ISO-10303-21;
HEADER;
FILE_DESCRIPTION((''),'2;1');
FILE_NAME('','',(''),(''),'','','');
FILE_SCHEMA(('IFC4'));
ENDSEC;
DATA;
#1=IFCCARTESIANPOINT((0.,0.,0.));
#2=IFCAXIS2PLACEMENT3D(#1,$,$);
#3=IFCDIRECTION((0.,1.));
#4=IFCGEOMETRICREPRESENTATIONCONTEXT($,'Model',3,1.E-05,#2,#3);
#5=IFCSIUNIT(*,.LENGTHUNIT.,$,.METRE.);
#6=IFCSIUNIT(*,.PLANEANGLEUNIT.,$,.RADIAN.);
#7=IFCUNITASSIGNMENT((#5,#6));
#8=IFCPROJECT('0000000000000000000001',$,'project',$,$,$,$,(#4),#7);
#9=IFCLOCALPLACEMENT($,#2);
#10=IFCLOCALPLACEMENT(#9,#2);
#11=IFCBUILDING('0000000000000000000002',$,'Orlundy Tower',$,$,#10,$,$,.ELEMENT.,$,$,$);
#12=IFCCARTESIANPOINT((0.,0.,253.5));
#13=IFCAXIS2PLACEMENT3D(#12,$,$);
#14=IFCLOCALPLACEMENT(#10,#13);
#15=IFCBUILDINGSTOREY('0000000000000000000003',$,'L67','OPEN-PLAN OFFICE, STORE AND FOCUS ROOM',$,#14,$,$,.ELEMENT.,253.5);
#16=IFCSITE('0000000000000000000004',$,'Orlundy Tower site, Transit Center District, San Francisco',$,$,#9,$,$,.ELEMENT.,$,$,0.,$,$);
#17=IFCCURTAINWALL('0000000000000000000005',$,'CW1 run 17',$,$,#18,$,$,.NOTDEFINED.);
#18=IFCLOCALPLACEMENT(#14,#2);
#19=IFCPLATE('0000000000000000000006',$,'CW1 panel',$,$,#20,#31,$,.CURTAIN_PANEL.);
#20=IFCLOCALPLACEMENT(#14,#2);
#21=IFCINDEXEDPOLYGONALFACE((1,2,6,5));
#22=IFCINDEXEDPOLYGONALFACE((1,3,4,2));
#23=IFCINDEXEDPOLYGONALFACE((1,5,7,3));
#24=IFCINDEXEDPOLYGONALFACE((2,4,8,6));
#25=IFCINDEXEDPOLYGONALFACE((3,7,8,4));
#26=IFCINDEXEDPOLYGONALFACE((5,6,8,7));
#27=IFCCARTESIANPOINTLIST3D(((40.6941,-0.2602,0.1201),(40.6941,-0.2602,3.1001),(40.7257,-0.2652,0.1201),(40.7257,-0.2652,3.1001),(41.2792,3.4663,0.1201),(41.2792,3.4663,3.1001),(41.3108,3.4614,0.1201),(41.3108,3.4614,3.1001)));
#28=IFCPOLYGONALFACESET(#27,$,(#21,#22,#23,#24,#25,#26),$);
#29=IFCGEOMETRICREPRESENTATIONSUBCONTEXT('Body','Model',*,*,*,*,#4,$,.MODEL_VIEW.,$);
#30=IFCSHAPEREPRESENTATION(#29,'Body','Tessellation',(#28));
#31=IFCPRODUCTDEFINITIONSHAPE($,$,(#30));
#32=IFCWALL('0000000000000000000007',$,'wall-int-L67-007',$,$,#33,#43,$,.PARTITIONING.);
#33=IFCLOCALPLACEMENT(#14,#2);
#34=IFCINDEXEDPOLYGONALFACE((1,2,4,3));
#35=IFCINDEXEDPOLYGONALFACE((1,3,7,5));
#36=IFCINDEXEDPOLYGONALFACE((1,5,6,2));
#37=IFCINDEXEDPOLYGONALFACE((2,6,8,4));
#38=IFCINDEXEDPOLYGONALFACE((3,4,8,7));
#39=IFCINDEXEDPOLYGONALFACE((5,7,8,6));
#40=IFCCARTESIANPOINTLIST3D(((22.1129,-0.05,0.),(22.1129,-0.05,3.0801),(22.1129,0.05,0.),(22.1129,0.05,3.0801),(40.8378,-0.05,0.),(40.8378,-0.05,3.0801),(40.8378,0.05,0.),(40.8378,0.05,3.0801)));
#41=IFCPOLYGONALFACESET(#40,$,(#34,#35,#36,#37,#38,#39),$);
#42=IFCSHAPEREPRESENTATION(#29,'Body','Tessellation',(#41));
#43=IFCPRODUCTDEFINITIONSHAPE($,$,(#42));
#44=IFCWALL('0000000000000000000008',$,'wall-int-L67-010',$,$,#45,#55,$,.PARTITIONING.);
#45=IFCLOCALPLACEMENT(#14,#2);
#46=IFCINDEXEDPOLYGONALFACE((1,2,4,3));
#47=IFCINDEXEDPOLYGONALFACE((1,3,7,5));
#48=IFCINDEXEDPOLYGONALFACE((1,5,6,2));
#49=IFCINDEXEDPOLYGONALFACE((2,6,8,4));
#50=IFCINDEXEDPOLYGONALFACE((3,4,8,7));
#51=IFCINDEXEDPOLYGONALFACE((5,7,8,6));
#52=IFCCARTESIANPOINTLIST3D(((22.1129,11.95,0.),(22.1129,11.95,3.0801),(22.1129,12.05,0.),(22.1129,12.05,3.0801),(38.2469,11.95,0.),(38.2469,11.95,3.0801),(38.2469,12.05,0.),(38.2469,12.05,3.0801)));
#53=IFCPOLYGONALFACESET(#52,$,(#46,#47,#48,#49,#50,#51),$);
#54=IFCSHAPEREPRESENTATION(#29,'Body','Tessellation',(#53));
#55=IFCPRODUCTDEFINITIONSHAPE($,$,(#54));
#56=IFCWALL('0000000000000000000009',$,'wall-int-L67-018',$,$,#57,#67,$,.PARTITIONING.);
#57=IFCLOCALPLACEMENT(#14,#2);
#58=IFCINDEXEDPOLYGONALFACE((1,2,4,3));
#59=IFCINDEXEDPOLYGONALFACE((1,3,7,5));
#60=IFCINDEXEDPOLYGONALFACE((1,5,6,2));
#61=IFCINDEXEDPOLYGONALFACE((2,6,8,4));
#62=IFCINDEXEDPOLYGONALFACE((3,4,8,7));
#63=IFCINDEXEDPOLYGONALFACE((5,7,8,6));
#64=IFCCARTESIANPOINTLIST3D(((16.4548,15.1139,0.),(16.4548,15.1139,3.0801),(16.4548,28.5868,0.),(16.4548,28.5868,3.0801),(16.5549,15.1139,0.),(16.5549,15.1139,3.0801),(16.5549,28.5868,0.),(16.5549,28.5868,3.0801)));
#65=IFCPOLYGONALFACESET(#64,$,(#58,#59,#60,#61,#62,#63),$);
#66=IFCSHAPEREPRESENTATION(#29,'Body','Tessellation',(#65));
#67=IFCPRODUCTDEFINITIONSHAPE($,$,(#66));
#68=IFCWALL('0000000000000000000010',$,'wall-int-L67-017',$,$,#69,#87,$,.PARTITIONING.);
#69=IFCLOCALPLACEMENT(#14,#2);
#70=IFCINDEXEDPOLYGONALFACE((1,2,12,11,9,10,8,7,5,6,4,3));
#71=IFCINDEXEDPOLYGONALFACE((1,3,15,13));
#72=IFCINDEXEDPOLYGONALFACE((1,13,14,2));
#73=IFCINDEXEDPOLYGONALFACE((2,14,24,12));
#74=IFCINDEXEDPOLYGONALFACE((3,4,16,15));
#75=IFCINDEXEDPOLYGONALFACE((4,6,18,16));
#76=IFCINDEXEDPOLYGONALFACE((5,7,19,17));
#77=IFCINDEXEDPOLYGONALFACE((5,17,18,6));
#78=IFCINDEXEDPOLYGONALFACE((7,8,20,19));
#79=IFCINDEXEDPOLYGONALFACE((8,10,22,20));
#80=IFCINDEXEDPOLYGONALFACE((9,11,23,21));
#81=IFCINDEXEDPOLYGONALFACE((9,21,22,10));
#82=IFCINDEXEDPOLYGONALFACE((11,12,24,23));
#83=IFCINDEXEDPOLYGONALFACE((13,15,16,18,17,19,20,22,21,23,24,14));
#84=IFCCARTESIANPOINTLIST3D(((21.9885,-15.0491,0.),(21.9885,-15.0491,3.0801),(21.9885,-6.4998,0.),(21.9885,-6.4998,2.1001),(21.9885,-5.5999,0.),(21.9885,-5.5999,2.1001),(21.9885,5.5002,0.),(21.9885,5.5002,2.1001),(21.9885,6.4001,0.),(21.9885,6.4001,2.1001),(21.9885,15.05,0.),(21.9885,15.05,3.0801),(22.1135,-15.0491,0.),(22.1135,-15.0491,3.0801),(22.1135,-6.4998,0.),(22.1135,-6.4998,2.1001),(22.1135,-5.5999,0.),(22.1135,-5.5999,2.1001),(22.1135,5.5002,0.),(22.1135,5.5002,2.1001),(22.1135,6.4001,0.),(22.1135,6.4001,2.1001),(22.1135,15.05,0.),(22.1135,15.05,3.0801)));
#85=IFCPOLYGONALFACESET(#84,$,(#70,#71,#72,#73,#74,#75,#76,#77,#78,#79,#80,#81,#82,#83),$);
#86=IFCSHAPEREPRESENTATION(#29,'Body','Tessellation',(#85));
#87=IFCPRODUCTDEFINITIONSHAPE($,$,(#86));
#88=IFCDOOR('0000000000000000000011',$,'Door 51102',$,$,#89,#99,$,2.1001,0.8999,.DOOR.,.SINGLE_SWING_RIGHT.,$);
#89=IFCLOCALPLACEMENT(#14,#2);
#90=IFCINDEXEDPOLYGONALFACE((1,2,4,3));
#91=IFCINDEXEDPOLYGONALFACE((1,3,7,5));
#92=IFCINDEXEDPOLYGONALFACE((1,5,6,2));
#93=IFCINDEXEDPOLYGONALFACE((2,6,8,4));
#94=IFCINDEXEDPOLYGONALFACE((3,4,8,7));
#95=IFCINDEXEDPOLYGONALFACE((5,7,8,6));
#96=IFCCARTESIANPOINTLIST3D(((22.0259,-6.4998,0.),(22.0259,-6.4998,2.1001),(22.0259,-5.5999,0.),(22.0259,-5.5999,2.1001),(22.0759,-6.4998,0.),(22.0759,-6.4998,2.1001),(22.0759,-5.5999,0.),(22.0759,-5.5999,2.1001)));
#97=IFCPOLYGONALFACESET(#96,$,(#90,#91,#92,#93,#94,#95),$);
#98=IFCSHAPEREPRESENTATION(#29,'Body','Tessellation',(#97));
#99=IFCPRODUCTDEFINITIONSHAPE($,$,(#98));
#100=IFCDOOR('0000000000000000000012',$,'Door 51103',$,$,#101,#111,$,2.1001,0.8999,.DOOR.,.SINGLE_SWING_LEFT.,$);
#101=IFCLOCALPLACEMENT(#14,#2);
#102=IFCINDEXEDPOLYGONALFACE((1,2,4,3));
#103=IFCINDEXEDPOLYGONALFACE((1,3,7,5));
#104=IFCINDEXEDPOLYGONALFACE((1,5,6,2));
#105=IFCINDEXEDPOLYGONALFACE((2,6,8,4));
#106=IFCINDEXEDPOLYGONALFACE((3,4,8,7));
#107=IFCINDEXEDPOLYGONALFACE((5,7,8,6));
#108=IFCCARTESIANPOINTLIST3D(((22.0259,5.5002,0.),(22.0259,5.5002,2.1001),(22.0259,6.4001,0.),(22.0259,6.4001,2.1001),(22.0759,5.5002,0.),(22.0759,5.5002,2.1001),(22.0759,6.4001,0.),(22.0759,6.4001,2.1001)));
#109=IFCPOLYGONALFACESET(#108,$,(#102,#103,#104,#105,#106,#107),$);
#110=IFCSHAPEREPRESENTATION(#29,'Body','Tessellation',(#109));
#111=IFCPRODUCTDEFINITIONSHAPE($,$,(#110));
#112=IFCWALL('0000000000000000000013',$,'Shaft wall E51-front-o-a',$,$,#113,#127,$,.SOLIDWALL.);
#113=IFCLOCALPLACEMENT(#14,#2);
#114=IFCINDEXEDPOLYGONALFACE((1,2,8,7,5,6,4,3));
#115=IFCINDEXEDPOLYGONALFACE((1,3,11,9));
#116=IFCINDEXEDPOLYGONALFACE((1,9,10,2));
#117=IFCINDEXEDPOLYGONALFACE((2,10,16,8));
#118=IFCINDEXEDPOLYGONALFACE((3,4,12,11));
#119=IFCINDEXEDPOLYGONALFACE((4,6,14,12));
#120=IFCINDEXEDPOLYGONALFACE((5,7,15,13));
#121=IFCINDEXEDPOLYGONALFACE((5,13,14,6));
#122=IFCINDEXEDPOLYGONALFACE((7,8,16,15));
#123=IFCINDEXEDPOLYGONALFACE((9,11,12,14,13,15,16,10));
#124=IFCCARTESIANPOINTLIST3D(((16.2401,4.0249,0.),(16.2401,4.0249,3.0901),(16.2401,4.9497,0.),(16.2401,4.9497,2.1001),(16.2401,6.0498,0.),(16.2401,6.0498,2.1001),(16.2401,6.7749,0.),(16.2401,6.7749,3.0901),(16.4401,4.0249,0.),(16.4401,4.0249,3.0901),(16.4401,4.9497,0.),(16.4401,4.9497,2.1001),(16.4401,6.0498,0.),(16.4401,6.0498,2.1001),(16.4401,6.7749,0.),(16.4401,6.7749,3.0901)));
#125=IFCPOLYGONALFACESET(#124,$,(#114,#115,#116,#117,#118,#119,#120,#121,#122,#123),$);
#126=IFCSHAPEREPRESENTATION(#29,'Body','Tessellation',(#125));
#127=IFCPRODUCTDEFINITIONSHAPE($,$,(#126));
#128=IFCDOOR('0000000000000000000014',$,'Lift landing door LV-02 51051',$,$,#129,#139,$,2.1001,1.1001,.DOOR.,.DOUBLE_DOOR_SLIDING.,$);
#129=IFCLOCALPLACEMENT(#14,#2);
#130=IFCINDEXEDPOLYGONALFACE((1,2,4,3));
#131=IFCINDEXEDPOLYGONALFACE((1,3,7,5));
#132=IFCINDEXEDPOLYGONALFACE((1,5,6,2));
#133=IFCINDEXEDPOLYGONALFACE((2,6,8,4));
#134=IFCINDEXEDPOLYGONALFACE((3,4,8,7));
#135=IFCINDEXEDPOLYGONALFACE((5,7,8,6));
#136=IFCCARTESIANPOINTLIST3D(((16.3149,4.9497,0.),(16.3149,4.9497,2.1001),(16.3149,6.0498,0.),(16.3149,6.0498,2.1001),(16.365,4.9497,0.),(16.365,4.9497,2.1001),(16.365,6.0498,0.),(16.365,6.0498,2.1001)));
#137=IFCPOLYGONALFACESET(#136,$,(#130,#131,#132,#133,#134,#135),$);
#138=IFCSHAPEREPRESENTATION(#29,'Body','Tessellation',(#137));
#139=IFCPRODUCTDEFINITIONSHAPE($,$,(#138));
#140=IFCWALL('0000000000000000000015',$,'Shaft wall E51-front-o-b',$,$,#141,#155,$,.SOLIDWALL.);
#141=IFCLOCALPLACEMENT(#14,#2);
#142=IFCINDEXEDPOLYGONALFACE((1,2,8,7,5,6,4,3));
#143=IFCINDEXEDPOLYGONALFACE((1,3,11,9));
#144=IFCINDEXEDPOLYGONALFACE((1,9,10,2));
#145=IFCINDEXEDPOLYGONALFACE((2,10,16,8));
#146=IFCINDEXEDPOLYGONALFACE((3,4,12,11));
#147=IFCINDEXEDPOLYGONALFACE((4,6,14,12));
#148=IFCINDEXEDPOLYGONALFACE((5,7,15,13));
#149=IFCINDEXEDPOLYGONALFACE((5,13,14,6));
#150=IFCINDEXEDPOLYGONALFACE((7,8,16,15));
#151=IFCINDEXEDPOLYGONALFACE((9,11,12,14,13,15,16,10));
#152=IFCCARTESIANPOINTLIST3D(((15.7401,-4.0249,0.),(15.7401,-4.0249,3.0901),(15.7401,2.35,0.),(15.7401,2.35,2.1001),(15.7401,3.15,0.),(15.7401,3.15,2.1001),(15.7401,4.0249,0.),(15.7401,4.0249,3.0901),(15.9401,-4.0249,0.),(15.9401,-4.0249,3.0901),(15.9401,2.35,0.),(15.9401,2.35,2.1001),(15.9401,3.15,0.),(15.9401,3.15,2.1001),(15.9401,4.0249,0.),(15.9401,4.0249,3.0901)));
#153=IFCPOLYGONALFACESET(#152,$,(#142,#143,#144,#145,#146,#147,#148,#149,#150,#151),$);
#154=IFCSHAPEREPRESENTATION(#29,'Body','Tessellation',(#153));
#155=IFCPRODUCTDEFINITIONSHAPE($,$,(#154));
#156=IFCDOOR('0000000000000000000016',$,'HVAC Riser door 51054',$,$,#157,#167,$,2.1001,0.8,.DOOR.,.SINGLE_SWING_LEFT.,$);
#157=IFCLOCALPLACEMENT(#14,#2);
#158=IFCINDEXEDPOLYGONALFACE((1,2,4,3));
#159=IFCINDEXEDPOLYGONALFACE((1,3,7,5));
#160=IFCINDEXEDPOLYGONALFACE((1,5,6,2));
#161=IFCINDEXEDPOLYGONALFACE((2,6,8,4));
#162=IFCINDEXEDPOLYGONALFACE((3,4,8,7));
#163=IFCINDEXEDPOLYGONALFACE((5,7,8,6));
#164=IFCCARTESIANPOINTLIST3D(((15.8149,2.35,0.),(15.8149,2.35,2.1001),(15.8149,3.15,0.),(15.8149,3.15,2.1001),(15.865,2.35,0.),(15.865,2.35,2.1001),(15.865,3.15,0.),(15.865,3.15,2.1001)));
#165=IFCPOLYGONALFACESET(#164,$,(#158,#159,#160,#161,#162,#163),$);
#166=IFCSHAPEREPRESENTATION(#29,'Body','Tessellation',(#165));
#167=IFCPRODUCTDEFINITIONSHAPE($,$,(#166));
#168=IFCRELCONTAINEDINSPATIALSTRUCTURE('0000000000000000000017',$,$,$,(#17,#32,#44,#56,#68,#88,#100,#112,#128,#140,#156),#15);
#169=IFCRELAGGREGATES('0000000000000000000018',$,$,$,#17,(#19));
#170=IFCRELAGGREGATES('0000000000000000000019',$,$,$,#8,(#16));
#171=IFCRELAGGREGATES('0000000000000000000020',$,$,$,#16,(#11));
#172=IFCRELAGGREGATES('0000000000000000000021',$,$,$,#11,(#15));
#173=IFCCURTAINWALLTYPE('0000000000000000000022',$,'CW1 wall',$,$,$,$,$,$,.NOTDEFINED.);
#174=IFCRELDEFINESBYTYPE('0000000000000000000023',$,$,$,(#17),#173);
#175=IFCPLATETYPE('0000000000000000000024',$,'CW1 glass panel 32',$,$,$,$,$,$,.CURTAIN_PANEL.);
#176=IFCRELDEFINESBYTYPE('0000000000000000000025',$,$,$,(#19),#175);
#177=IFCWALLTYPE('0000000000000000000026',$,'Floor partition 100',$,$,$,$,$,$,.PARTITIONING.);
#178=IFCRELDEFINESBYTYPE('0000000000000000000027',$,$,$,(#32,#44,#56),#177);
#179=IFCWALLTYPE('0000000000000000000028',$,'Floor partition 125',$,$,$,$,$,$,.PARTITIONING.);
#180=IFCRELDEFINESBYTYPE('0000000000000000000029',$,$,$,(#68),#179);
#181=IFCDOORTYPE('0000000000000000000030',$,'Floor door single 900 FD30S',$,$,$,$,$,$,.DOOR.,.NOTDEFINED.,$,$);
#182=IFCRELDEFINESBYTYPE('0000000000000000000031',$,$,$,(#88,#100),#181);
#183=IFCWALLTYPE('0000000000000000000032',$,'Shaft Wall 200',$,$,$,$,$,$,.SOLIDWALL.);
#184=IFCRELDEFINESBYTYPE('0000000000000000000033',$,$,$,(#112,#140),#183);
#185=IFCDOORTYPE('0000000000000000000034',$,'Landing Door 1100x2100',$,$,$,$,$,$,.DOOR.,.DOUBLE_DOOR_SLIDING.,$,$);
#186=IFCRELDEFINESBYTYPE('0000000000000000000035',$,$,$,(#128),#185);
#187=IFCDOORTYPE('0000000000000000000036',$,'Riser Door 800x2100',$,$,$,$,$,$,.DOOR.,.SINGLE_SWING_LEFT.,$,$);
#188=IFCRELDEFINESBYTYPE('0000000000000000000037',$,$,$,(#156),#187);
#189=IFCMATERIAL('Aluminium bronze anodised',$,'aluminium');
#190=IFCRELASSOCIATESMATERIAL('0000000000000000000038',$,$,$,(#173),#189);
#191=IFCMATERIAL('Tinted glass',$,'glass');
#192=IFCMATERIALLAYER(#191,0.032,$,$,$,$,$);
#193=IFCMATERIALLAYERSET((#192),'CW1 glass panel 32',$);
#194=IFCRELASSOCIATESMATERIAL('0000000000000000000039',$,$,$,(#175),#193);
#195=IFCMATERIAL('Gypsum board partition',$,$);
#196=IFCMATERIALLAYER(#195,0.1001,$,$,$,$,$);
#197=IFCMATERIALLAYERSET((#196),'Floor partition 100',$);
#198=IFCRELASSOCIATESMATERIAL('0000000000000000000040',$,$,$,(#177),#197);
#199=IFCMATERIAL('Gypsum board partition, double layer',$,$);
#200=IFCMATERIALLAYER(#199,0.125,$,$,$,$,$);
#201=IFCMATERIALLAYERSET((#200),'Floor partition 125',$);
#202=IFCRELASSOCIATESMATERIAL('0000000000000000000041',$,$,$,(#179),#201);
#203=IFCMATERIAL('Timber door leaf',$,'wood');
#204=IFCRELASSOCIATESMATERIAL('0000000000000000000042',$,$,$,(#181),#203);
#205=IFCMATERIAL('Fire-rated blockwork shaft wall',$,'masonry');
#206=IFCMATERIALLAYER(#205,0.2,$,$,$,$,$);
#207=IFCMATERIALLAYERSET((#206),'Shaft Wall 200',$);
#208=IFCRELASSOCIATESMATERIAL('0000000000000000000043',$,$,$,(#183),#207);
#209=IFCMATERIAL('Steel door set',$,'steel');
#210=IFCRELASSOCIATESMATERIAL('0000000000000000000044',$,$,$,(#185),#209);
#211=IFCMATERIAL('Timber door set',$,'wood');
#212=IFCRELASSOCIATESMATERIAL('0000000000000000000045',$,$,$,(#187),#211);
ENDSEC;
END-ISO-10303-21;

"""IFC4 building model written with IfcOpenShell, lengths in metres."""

from ifc_helpers import new_model, si_unit, direction, frame, frame_2d, origin, origin_2d, place, context, subcontext, project, spatial, rectangle, extrude, material, layer, layer_set, type_object, element, fill, aggregate, save


model = new_model("IFC4")

# Units and contexts
model_context = context("Model", 3, precision=1e-05, world=origin(), true_north=direction((0.0, 1.0)))
body_context = subcontext(model_context, "Body", "Model", "MODEL_VIEW")
ifc_project = project(units=[si_unit("LENGTHUNIT", "METRE"), si_unit("PLANEANGLEUNIT", "RADIAN")], contexts=[model_context])

# Site, building, storey
site_placement = place(None, origin())
site = spatial("IfcSite", under=ifc_project, at=site_placement, Name="Orlundy Tower site, Transit Center District, San Francisco", CompositionType="ELEMENT", RefElevation=0.0)
building_placement = place(site_placement, origin())
building = spatial("IfcBuilding", under=site, at=building_placement, Name="Orlundy Tower", CompositionType="ELEMENT")
storey_placement = place(building_placement, frame((0.0, 0.0, 253.5)))
storey = spatial("IfcBuildingStorey", under=building, at=storey_placement, Name="L67", Description="OPEN-PLAN OFFICE, STORE AND FOCUS ROOM", CompositionType="ELEMENT", Elevation=253.5)

# Curtain wall
ifc_material_1 = material(Name="Aluminium bronze anodised", Category="aluminium")
curtain_wall_type = type_object("IfcCurtainWallType", Name="CW1 wall", PredefinedType="NOTDEFINED", material=ifc_material_1)
curtain_wall_1_placement = place(storey_placement, origin())
curtain_wall_1 = element("IfcCurtainWall", 1, at=curtain_wall_1_placement, inside=storey, type_object=curtain_wall_type, Name="CW1 run 17", PredefinedType="NOTDEFINED")

# Plate
ifc_material_2 = material(Name="Tinted glass", Category="glass")
ifc_layer_1 = layer(ifc_material_2, 0.032)
ifc_layer_set_1 = layer_set([ifc_layer_1], Name="CW1 glass panel 32")
plate_type = type_object("IfcPlateType", Name="CW1 glass panel 32", PredefinedType="CURTAIN_PANEL", material=ifc_layer_set_1)
plate_1_placement = place(storey_placement, frame((41.0024, 1.6006, 0.1201), z_axis=(0.0, 0.0, 1.0), x_axis=(-0.155117, -0.987896, 0.0)))
plate_1 = element("IfcPlate", 2, at=plate_1_placement, type_object=plate_type, Name="CW1 panel", PredefinedType="CURTAIN_PANEL", context=body_context, shape_type="SweptSolid", body=[
    extrude(rectangle(XDim=3.7722, YDim=0.032, at=origin_2d()), origin(), (0.0, 0.0, 1.0), 2.98),
])
aggregate(curtain_wall_1, [plate_1])

# Walls
ifc_material_3 = material(Name="Gypsum board partition")
ifc_layer_2 = layer(ifc_material_3, 0.1001)
ifc_layer_set_2 = layer_set([ifc_layer_2], Name="Floor partition 100")
wall_type_1 = type_object("IfcWallType", Name="Floor partition 100", PredefinedType="PARTITIONING", material=ifc_layer_set_2)
wall_1_placement = place(storey_placement, frame((22.113, 0.0, 0.0), z_axis=(0.0, 0.0, 1.0), x_axis=(1.0, 0.0, 0.0)))
element("IfcWall", 3, at=wall_1_placement, inside=storey, type_object=wall_type_1, Name="wall-int-L67-007", PredefinedType="PARTITIONING", context=body_context, shape_type="SweptSolid", body=[
    extrude(rectangle(XDim=18.7249, YDim=0.1001, at=frame_2d((9.3623, 0.0))), origin(), (0.0, 0.0, 1.0), 3.0801),
])
wall_2_placement = place(storey_placement, frame((22.113, 12.0, 0.0), z_axis=(0.0, 0.0, 1.0), x_axis=(1.0, 0.0, 0.0)))
element("IfcWall", 4, at=wall_2_placement, inside=storey, type_object=wall_type_1, Name="wall-int-L67-010", PredefinedType="PARTITIONING", context=body_context, shape_type="SweptSolid", body=[
    extrude(rectangle(XDim=16.134, YDim=0.1001, at=frame_2d((8.0669, 0.0))), origin(), (0.0, 0.0, 1.0), 3.0801),
])
wall_3_placement = place(storey_placement, frame((16.5049, 15.114, 0.0), z_axis=(0.0, 0.0, 1.0), x_axis=(0.0, 1.0, 0.0)))
element("IfcWall", 5, at=wall_3_placement, inside=storey, type_object=wall_type_1, Name="wall-int-L67-018", PredefinedType="PARTITIONING", context=body_context, shape_type="SweptSolid", body=[
    extrude(rectangle(XDim=13.4729, YDim=0.1001, at=frame_2d((6.7363, 0.0))), origin(), (0.0, 0.0, 1.0), 3.0801),
])

# Wall, openings, doors
ifc_material_4 = material(Name="Gypsum board partition, double layer")
ifc_layer_3 = layer(ifc_material_4, 0.125)
ifc_layer_set_3 = layer_set([ifc_layer_3], Name="Floor partition 125")
wall_type_2 = type_object("IfcWallType", Name="Floor partition 125", PredefinedType="PARTITIONING", material=ifc_layer_set_3)
wall_4_placement = place(storey_placement, frame((22.051, 15.05, 0.0), z_axis=(0.0, 0.0, 1.0), x_axis=(0.0, -1.0, 0.0)))
wall_4 = element("IfcWall", 6, at=wall_4_placement, inside=storey, type_object=wall_type_2, Name="wall-int-L67-017", PredefinedType="PARTITIONING", context=body_context, shape_type="SweptSolid", body=[
    extrude(rectangle(XDim=30.0991, YDim=0.125, at=frame_2d((15.0496, 0.0))), origin(), (0.0, 0.0, 1.0), 3.0801),
])
opening_1_placement = place(wall_4_placement, frame((20.6499, 0.0, 0.0)))
opening_1 = element("IfcOpeningElement", 7, at=opening_1_placement, cuts=wall_4, PredefinedType="OPENING", context=body_context, shape_type="SweptSolid", body=[
    extrude(rectangle(XDim=0.8999, YDim=2.1001, at=frame_2d((0.45, 1.05))), frame((0.0, 0.0725, 0.0), z_axis=(0.0, -1.0, 0.0), x_axis=(1.0, 0.0, 0.0)), (0.0, 0.0, 1.0), 0.145),
])
opening_2_placement = place(wall_4_placement, frame((8.6499, 0.0, 0.0)))
opening_2 = element("IfcOpeningElement", 8, at=opening_2_placement, cuts=wall_4, PredefinedType="OPENING", context=body_context, shape_type="SweptSolid", body=[
    extrude(rectangle(XDim=0.8999, YDim=2.1001, at=frame_2d((0.45, 1.05))), frame((0.0, 0.0725, 0.0), z_axis=(0.0, -1.0, 0.0), x_axis=(1.0, 0.0, 0.0)), (0.0, 0.0, 1.0), 0.145),
])
ifc_material_5 = material(Name="Timber door leaf", Category="wood")
door_type_1 = type_object("IfcDoorType", Name="Floor door single 900 FD30S", OperationType="NOTDEFINED", PredefinedType="DOOR", material=ifc_material_5)
door_1_placement = place(opening_1_placement, origin())
door_1 = element("IfcDoor", 9, at=door_1_placement, inside=storey, type_object=door_type_1, Name="Door 51102", OperationType="SINGLE_SWING_RIGHT", OverallHeight=2.1001, OverallWidth=0.8999, PredefinedType="DOOR", context=body_context, shape_type="SweptSolid", body=[
    extrude(rectangle(XDim=0.8999, YDim=2.1001, at=frame_2d((0.45, 1.05))), frame((0.0, 0.0249, 0.0), z_axis=(0.0, -1.0, 0.0), x_axis=(1.0, 0.0, 0.0)), (0.0, 0.0, 1.0), 0.05),
])
fill(opening_1, door_1)
door_2_placement = place(opening_2_placement, origin())
door_2 = element("IfcDoor", 10, at=door_2_placement, inside=storey, type_object=door_type_1, Name="Door 51103", OperationType="SINGLE_SWING_LEFT", OverallHeight=2.1001, OverallWidth=0.8999, PredefinedType="DOOR", context=body_context, shape_type="SweptSolid", body=[
    extrude(rectangle(XDim=0.8999, YDim=2.1001, at=frame_2d((0.45, 1.05))), frame((0.0, 0.0249, 0.0), z_axis=(0.0, -1.0, 0.0), x_axis=(1.0, 0.0, 0.0)), (0.0, 0.0, 1.0), 0.05),
])
fill(opening_2, door_2)

# Walls, openings, doors
ifc_material_6 = material(Name="Fire-rated blockwork shaft wall", Category="masonry")
ifc_layer_4 = layer(ifc_material_6, 0.2)
ifc_layer_set_4 = layer_set([ifc_layer_4], Name="Shaft Wall 200")
wall_type_3 = type_object("IfcWallType", Name="Shaft Wall 200", PredefinedType="SOLIDWALL", material=ifc_layer_set_4)
wall_5_placement = place(storey_placement, frame((16.3401, 6.7749, 0.0), z_axis=(0.0, 0.0, 1.0), x_axis=(0.0, -1.0, 0.0)))
wall_5 = element("IfcWall", 11, at=wall_5_placement, inside=storey, type_object=wall_type_3, Name="Shaft wall E51-front-o-a", PredefinedType="SOLIDWALL", context=body_context, shape_type="SweptSolid", body=[
    extrude(rectangle(XDim=2.75, YDim=0.2, at=frame_2d((1.375, 0.0))), origin(), (0.0, 0.0, 1.0), 3.0901),
])
opening_3_placement = place(wall_5_placement, frame((0.7251, 0.0, 0.0)))
opening_3 = element("IfcOpeningElement", 12, at=opening_3_placement, cuts=wall_5, PredefinedType="OPENING", context=body_context, shape_type="SweptSolid", body=[
    extrude(rectangle(XDim=1.1001, YDim=2.1001, at=frame_2d((0.55, 1.05))), frame((0.0, 0.1101, 0.0), z_axis=(0.0, -1.0, 0.0), x_axis=(1.0, 0.0, 0.0)), (0.0, 0.0, 1.0), 0.2202),
])
ifc_material_7 = material(Name="Steel door set", Category="steel")
door_type_2 = type_object("IfcDoorType", Name="Landing Door 1100x2100", OperationType="DOUBLE_DOOR_SLIDING", PredefinedType="DOOR", material=ifc_material_7)
door_3_placement = place(opening_3_placement, origin())
door_3 = element("IfcDoor", 13, at=door_3_placement, inside=storey, type_object=door_type_2, Name="Lift landing door LV-02 51051", OperationType="DOUBLE_DOOR_SLIDING", OverallHeight=2.1001, OverallWidth=1.1001, PredefinedType="DOOR", context=body_context, shape_type="SweptSolid", body=[
    extrude(rectangle(XDim=1.1001, YDim=2.1001, at=frame_2d((0.55, 1.05))), frame((0.0, 0.0249, 0.0), z_axis=(0.0, -1.0, 0.0), x_axis=(1.0, 0.0, 0.0)), (0.0, 0.0, 1.0), 0.05),
])
fill(opening_3, door_3)
wall_6_placement = place(storey_placement, frame((15.8401, 4.0249, 0.0), z_axis=(0.0, 0.0, 1.0), x_axis=(0.0, -1.0, 0.0)))
wall_6 = element("IfcWall", 14, at=wall_6_placement, inside=storey, type_object=wall_type_3, Name="Shaft wall E51-front-o-b", PredefinedType="SOLIDWALL", context=body_context, shape_type="SweptSolid", body=[
    extrude(rectangle(XDim=8.0498, YDim=0.2, at=frame_2d((4.0249, 0.0))), origin(), (0.0, 0.0, 1.0), 3.0901),
])
opening_4_placement = place(wall_6_placement, frame((0.875, 0.0, 0.0)))
opening_4 = element("IfcOpeningElement", 15, at=opening_4_placement, cuts=wall_6, PredefinedType="OPENING", context=body_context, shape_type="SweptSolid", body=[
    extrude(rectangle(XDim=0.8, YDim=2.1001, at=frame_2d((0.3999, 1.05))), frame((0.0, 0.1101, 0.0), z_axis=(0.0, -1.0, 0.0), x_axis=(1.0, 0.0, 0.0)), (0.0, 0.0, 1.0), 0.2202),
])
ifc_material_8 = material(Name="Timber door set", Category="wood")
door_type_3 = type_object("IfcDoorType", Name="Riser Door 800x2100", OperationType="SINGLE_SWING_LEFT", PredefinedType="DOOR", material=ifc_material_8)
door_4_placement = place(opening_4_placement, origin())
door_4 = element("IfcDoor", 16, at=door_4_placement, inside=storey, type_object=door_type_3, Name="HVAC Riser door 51054", OperationType="SINGLE_SWING_LEFT", OverallHeight=2.1001, OverallWidth=0.8, PredefinedType="DOOR", context=body_context, shape_type="SweptSolid", body=[
    extrude(rectangle(XDim=0.8, YDim=2.1001, at=frame_2d((0.3999, 1.05))), frame((0.0, 0.0249, 0.0), z_axis=(0.0, -1.0, 0.0), x_axis=(1.0, 0.0, 0.0)), (0.0, 0.0, 1.0), 0.05),
])
fill(opening_4, door_4)

save(model, "model.ifc")
